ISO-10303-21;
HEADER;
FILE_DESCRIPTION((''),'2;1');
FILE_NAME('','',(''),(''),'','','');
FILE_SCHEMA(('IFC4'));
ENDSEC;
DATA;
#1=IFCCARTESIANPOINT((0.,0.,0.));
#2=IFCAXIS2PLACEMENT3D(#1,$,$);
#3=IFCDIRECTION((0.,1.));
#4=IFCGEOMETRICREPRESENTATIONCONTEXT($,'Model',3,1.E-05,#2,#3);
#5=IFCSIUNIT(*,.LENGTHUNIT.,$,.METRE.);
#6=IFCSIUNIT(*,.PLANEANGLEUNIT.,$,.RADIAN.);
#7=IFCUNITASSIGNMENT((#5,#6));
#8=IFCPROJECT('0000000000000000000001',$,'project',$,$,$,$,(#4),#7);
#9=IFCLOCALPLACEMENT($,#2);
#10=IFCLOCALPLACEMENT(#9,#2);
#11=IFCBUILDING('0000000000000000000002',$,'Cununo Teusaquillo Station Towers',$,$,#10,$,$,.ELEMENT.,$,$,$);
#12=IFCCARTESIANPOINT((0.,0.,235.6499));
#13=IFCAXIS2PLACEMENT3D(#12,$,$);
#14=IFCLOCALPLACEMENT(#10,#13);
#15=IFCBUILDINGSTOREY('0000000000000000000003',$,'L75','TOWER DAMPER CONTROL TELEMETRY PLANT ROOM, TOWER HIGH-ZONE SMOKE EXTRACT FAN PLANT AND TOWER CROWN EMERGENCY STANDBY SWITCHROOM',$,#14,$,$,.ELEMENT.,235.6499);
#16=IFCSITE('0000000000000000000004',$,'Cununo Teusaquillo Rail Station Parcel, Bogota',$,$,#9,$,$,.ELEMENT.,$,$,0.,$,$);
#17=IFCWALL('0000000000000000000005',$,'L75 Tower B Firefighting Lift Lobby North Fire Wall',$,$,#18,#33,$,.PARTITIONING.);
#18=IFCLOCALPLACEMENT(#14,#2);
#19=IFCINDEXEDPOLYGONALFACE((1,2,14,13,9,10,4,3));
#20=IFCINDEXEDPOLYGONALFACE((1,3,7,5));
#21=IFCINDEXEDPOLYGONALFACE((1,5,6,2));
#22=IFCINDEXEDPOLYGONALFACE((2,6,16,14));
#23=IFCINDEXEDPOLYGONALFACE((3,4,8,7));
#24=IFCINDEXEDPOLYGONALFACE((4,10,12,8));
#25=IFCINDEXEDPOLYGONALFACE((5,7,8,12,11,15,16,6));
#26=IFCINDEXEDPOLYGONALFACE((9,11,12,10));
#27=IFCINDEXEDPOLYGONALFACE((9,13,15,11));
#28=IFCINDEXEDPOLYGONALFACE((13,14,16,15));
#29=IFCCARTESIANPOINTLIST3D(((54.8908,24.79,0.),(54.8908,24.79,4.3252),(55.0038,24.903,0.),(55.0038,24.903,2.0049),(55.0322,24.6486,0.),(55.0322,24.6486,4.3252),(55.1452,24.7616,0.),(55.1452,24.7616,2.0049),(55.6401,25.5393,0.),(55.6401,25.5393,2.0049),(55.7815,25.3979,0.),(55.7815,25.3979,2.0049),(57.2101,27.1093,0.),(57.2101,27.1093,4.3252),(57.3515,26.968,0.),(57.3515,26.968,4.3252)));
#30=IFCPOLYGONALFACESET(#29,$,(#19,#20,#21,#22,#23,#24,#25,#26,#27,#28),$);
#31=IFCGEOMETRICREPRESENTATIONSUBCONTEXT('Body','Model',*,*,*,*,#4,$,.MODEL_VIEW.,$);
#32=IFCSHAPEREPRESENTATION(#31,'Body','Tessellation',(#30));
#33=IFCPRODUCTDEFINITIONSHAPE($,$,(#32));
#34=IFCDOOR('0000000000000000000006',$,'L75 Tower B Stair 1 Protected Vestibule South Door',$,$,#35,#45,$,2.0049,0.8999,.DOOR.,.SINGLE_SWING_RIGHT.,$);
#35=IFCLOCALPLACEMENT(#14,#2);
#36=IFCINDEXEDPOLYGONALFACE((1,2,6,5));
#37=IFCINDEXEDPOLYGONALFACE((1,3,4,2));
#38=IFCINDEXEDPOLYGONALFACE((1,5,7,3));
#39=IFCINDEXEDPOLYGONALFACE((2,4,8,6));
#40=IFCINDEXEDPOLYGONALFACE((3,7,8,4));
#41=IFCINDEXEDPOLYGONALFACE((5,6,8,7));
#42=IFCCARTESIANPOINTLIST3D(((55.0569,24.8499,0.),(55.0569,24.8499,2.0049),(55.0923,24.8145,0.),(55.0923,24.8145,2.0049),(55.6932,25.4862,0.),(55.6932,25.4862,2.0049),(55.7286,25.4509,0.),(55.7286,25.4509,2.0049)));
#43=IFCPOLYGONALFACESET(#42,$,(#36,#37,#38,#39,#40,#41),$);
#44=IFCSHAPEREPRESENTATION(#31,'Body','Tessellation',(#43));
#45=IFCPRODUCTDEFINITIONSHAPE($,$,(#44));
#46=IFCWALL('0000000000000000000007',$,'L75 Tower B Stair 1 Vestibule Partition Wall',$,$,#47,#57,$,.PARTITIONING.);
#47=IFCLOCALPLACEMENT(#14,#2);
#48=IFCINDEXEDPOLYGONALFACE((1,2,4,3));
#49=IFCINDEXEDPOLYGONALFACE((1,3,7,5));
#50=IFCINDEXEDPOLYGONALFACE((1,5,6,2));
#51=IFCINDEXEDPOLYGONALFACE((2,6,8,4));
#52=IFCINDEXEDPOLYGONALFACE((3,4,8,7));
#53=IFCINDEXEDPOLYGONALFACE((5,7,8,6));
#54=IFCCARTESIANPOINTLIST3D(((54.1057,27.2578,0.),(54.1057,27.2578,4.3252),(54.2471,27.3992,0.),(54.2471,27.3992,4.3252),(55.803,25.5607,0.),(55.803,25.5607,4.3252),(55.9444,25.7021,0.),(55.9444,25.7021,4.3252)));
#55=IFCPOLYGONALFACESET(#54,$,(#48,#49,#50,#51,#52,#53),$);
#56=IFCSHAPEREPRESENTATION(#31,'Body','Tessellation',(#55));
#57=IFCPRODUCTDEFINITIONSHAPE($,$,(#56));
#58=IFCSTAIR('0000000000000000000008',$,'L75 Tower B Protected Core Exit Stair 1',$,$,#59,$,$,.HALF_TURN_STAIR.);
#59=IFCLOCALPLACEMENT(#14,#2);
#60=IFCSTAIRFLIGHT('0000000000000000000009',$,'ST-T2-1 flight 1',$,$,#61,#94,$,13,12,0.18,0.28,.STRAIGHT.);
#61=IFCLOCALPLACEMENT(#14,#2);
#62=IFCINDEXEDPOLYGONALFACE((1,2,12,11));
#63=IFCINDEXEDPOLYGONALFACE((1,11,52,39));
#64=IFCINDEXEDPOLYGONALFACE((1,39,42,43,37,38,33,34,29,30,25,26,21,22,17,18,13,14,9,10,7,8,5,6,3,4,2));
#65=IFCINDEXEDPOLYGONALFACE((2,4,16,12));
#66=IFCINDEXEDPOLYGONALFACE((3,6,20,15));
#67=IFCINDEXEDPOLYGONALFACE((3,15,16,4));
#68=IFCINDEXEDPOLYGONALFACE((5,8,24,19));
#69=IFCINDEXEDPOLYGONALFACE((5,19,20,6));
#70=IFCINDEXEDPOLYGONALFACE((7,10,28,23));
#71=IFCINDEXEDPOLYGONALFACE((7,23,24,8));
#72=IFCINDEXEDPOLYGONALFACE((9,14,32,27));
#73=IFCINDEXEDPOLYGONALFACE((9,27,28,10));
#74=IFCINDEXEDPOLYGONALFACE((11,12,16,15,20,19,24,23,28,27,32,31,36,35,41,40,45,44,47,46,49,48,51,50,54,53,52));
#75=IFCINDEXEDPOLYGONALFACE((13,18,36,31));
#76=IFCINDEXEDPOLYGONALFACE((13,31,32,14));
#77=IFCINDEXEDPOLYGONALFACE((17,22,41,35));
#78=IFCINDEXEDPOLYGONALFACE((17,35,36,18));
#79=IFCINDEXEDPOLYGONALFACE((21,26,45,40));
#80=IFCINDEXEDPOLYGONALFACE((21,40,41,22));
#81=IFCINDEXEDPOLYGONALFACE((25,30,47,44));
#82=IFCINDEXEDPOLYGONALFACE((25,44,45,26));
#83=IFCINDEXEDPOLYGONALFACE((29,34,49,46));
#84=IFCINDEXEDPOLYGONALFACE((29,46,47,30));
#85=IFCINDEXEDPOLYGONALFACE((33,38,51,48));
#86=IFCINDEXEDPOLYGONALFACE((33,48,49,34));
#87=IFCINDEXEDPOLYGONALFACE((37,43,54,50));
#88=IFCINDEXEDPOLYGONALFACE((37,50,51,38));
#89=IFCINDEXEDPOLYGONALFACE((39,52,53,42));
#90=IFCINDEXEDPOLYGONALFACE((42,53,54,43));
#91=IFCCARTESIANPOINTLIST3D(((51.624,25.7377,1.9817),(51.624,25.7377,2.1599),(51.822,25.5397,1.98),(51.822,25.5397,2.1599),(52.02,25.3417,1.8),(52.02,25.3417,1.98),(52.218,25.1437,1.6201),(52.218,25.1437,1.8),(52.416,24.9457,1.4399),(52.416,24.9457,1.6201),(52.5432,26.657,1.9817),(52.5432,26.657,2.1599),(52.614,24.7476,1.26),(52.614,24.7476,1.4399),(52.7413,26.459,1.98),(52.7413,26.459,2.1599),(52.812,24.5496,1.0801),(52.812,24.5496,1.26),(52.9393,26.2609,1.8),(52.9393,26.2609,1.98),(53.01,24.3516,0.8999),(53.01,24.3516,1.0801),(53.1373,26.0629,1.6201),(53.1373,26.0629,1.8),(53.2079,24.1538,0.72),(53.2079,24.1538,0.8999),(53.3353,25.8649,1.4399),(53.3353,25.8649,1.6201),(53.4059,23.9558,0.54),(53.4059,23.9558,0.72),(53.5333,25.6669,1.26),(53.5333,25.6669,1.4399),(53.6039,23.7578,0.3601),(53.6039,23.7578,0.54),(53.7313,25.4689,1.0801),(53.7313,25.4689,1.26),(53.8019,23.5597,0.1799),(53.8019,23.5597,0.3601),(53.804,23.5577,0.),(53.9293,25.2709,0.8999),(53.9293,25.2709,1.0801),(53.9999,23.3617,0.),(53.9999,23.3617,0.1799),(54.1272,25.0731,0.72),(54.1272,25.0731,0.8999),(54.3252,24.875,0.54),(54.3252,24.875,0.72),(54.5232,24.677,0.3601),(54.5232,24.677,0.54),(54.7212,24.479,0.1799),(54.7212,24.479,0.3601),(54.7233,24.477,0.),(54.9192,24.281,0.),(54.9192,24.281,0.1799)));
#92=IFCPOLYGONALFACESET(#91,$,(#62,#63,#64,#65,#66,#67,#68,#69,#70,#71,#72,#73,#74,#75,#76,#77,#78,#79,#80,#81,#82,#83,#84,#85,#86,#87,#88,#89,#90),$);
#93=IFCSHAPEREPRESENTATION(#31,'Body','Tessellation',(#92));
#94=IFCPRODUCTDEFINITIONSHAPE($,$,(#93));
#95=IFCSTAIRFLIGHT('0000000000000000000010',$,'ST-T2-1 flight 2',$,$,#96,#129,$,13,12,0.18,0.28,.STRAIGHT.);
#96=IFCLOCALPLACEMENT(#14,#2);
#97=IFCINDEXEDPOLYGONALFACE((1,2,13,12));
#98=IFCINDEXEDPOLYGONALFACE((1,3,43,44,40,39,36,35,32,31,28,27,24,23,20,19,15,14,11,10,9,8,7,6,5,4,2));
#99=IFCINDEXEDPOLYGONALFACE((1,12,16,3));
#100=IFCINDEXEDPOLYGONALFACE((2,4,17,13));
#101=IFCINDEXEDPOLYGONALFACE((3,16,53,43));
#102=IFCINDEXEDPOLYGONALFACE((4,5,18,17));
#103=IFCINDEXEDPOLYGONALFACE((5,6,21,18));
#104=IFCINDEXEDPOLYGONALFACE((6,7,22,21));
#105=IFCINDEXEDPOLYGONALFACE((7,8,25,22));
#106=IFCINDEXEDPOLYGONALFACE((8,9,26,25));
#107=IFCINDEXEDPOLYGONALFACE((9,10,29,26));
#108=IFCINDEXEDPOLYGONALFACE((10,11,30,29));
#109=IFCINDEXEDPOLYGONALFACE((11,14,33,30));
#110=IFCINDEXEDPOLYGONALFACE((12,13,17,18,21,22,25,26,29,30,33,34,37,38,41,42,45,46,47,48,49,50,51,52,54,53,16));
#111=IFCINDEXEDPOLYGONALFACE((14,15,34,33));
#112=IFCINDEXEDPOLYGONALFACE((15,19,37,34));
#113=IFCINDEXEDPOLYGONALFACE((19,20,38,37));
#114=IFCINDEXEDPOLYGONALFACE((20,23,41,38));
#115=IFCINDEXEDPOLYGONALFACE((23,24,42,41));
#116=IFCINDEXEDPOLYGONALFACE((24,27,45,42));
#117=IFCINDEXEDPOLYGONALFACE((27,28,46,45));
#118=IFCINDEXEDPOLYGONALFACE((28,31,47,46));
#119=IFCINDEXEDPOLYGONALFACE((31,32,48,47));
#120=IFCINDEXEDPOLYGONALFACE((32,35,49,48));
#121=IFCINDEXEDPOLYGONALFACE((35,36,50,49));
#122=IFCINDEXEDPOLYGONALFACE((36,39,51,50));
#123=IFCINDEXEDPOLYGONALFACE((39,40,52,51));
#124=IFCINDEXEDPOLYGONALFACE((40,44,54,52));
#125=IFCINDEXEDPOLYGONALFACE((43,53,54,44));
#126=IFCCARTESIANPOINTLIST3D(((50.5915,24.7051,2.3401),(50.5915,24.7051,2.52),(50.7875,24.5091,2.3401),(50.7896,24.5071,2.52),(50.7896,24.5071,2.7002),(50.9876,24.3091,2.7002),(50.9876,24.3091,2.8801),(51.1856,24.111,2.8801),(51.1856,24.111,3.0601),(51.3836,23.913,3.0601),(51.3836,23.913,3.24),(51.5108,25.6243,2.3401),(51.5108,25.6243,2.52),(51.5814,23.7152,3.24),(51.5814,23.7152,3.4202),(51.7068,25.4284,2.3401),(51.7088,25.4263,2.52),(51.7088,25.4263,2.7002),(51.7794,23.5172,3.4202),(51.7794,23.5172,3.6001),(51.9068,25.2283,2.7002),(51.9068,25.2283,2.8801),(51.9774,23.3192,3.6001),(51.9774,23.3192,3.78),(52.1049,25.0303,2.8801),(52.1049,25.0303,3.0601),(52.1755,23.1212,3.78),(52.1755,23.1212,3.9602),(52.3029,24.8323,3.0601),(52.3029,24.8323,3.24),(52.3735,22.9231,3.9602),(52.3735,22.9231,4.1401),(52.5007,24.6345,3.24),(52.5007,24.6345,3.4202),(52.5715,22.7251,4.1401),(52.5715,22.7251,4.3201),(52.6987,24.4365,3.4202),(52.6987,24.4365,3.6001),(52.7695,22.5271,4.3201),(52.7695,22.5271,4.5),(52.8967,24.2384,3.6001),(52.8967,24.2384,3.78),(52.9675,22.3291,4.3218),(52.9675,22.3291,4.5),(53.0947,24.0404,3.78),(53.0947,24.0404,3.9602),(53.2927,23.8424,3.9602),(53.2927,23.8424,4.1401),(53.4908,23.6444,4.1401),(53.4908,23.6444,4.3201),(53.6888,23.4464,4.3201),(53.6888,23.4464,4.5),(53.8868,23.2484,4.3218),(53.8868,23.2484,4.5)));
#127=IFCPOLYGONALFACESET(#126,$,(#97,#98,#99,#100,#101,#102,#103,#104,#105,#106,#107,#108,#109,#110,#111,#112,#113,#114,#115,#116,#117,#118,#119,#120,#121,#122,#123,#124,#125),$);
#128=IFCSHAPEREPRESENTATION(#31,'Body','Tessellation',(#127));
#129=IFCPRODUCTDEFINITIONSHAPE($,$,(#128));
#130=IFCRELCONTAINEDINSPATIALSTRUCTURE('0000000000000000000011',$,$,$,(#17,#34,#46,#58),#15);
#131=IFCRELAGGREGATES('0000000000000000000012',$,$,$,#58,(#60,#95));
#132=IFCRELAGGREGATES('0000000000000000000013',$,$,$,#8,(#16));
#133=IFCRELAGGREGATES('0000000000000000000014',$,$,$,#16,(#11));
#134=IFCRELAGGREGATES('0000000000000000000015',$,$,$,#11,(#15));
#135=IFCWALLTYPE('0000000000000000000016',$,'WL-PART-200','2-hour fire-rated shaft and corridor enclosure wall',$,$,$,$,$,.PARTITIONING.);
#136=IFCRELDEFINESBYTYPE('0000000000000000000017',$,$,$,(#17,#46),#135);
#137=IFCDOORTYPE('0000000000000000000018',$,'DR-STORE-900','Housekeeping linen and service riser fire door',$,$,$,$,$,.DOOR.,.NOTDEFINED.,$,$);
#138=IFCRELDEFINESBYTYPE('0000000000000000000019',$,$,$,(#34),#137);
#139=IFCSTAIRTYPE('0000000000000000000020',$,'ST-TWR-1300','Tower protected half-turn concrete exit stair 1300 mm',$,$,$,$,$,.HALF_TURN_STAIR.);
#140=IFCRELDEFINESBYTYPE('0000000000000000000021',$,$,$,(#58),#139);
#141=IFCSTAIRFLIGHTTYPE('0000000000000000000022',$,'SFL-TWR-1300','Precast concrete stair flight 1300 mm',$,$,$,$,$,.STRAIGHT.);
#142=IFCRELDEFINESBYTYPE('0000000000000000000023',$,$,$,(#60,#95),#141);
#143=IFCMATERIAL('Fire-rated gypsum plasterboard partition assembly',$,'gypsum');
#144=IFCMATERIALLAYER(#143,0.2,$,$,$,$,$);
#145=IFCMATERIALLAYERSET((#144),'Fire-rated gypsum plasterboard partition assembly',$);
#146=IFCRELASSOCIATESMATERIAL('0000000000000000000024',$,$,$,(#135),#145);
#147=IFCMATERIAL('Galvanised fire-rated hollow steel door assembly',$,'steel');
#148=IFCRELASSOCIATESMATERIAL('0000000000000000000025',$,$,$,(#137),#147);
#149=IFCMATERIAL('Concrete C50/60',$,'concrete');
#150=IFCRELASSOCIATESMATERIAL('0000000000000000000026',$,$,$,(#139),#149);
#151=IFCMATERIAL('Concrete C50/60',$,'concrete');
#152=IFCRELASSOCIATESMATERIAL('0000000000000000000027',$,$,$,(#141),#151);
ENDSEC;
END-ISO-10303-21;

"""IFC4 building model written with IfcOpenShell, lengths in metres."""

from ifc_helpers import new_model, si_unit, direction, frame, frame_2d, origin, place, context, subcontext, project, spatial, polyline, rectangle, outline, extrude, source, transform, mapped, material, layer, layer_set, type_object, element, fill, aggregate, save


model = new_model("IFC4")

# Units and contexts
model_context = context("Model", 3, precision=1e-05, world=origin(), true_north=direction((0.0, 1.0)))
body_context = subcontext(model_context, "Body", "Model", "MODEL_VIEW")
ifc_project = project(units=[si_unit("LENGTHUNIT", "METRE"), si_unit("PLANEANGLEUNIT", "RADIAN")], contexts=[model_context])

# Site, building, storey
site_placement = place(None, origin())
site = spatial("IfcSite", under=ifc_project, at=site_placement, Name="Cununo Teusaquillo Rail Station Parcel, Bogota", CompositionType="ELEMENT", RefElevation=0.0)
building_placement = place(site_placement, origin())
building = spatial("IfcBuilding", under=site, at=building_placement, Name="Cununo Teusaquillo Station Towers", CompositionType="ELEMENT")
storey_placement = place(building_placement, frame((0.0, 0.0, 235.6499)))
storey = spatial("IfcBuildingStorey", under=building, at=storey_placement, Name="L75", Description="TOWER DAMPER CONTROL TELEMETRY PLANT ROOM, TOWER HIGH-ZONE SMOKE EXTRACT FAN PLANT AND TOWER CROWN EMERGENCY STANDBY SWITCHROOM", CompositionType="ELEMENT", Elevation=235.6499)

# Wall, opening, door
ifc_material_1 = material(Name="Fire-rated gypsum plasterboard partition assembly", Category="gypsum")
ifc_layer_1 = layer(ifc_material_1, 0.2)
ifc_layer_set_1 = layer_set([ifc_layer_1], Name="Fire-rated gypsum plasterboard partition assembly")
wall_type_1 = type_object("IfcWallType", Name="WL-PART-200", Description="2-hour fire-rated shaft and corridor enclosure wall", PredefinedType="PARTITIONING", material=ifc_layer_set_1)
wall_1_placement = place(storey_placement, frame((54.9614, 24.7192, 0.0), z_axis=(0.0, 0.0, 1.0), x_axis=(0.707107, 0.707107, 0.0)))
wall_1 = element("IfcWall", 1, at=wall_1_placement, inside=storey, type_object=wall_type_1, Name="L75 Tower B Firefighting Lift Lobby North Fire Wall", PredefinedType="PARTITIONING", context=body_context, shape_type="SweptSolid", body=[
    extrude(rectangle(XDim=3.28, YDim=0.2, at=frame_2d((1.6401, 0.0))), origin(), (0.0, 0.0, 1.0), 4.3252),
])
shared_shape_1 = source(origin(), body_context, "Body", "SweptSolid", [
    extrude(rectangle(XDim=0.8999, YDim=2.0049, at=frame_2d((0.45, 1.0024))), frame((0.0, 0.1099, 0.0), z_axis=(0.0, -1.0, 0.0), x_axis=(1.0, 0.0, 0.0)), (0.0, 0.0, 1.0), 0.22),
])
opening_1_placement = place(wall_1_placement, frame((0.1599, 0.0, 0.0)))
opening_1 = element("IfcOpeningElement", 2, at=opening_1_placement, cuts=wall_1, PredefinedType="OPENING", context=body_context, shape_type="MappedRepresentation", body=[
    mapped(shared_shape_1, transform((0.0, 0.0, 0.0), x_axis=(1.0, 0.0, 0.0), y_axis=(0.0, 1.0, 0.0), z_axis=(0.0, 0.0, 1.0), scale=1.0)),
])
ifc_material_2 = material(Name="Galvanised fire-rated hollow steel door assembly", Category="steel")
door_type_1 = type_object("IfcDoorType", Name="DR-STORE-900", Description="Housekeeping linen and service riser fire door", OperationType="NOTDEFINED", PredefinedType="DOOR", material=ifc_material_2)
shared_shape_2 = source(origin(), body_context, "Body", "SweptSolid", [
    extrude(rectangle(XDim=0.8999, YDim=2.0049, at=frame_2d((0.45, 1.0024))), frame((0.0, 0.0249, 0.0), z_axis=(0.0, -1.0, 0.0), x_axis=(1.0, 0.0, 0.0)), (0.0, 0.0, 1.0), 0.05),
])
door_1_placement = place(opening_1_placement, origin())
door_1 = element("IfcDoor", 3, at=door_1_placement, inside=storey, type_object=door_type_1, Name="L75 Tower B Stair 1 Protected Vestibule South Door", OperationType="SINGLE_SWING_RIGHT", OverallHeight=2.0049, OverallWidth=0.8999, PredefinedType="DOOR", context=body_context, shape_type="MappedRepresentation", body=[
    mapped(shared_shape_2, transform((0.0, 0.0, 0.0), x_axis=(1.0, 0.0, 0.0), y_axis=(0.0, 1.0, 0.0), z_axis=(0.0, 0.0, 1.0), scale=1.0)),
])
fill(opening_1, door_1)

# Wall
wall_2_placement = place(storey_placement, frame((55.8738, 25.6313, 0.0), z_axis=(0.0, 0.0, 1.0), x_axis=(-0.707158, 0.707056, 0.0)))
element("IfcWall", 4, at=wall_2_placement, inside=storey, type_object=wall_type_1, Name="L75 Tower B Stair 1 Vestibule Partition Wall", PredefinedType="PARTITIONING", context=body_context, shape_type="SweptSolid", body=[
    extrude(rectangle(XDim=2.4001, YDim=0.2, at=frame_2d((1.2002, 0.0))), origin(), (0.0, 0.0, 1.0), 4.3252),
])

# Stair, stair flights
ifc_material_3 = material(Name="Concrete C50/60", Category="concrete")
stair_type = type_object("IfcStairType", Name="ST-TWR-1300", Description="Tower protected half-turn concrete exit stair 1300 mm", PredefinedType="HALF_TURN_STAIR", material=ifc_material_3)
stair_placement = place(storey_placement, origin())
stair = element("IfcStair", 5, at=stair_placement, inside=storey, type_object=stair_type, Name="L75 Tower B Protected Core Exit Stair 1", PredefinedType="HALF_TURN_STAIR")
ifc_material_4 = material(Name="Concrete C50/60", Category="concrete")
stair_flight_type = type_object("IfcStairFlightType", Name="SFL-TWR-1300", Description="Precast concrete stair flight 1300 mm", PredefinedType="STRAIGHT", material=ifc_material_4)
stair_flight_1_placement = place(storey_placement, frame((54.4595, 23.8213, 0.0), z_axis=(0.0, 0.0, 1.0), x_axis=(-0.707107, 0.707107, 0.0)))
stair_flight_1 = element("IfcStairFlight", 6, at=stair_flight_1_placement, type_object=stair_flight_type, Name="ST-T2-1 flight 1", NumberOfRisers=13, NumberOfTreads=12, PredefinedType="STRAIGHT", RiserHeight=0.18, TreadLength=0.28, context=body_context, shape_type="SweptSolid", body=[
    extrude(outline(polyline([(0.0, 0.0), (0.0, 0.1799), (0.28, 0.1799), (0.28, 0.3601), (0.5601, 0.3601), (0.5601, 0.54), (0.8401, 0.54), (0.8401, 0.72), (1.1201, 0.72), (1.1201, 0.8999), (1.3999, 0.8999), (1.3999, 1.0801), (1.6799, 1.0801), (1.6799, 1.26), (1.96, 1.26), (1.96, 1.4399), (2.24, 1.4399), (2.24, 1.6201), (2.52, 1.6201), (2.52, 1.8), (2.8, 1.8), (2.8, 1.98), (3.0801, 1.98), (3.0801, 2.1599), (3.3601, 2.1599), (3.3601, 2.3401), (3.3601, 1.9817), (0.2771, 0.0), (0.0, 0.0)])), frame((0.0, 0.6499, 0.0), z_axis=(0.0, -1.0, 0.0), x_axis=(1.0, 0.0, 0.0)), (0.0, 0.0, 1.0), 1.3),
])
stair_flight_2_placement = place(storey_placement, frame((51.0513, 25.1648, 2.3401), z_axis=(0.0, 0.0, 1.0), x_axis=(0.707107, -0.707107, 0.0)))
stair_flight_2 = element("IfcStairFlight", 7, at=stair_flight_2_placement, type_object=stair_flight_type, Name="ST-T2-1 flight 2", NumberOfRisers=13, NumberOfTreads=12, PredefinedType="STRAIGHT", RiserHeight=0.18, TreadLength=0.28, context=body_context, shape_type="SweptSolid", body=[
    extrude(outline(polyline([(0.0, 0.0), (0.0, 0.1799), (0.28, 0.1799), (0.28, 0.3601), (0.5601, 0.3601), (0.5601, 0.54), (0.8401, 0.54), (0.8401, 0.72), (1.1201, 0.72), (1.1201, 0.8999), (1.3999, 0.8999), (1.3999, 1.0801), (1.6799, 1.0801), (1.6799, 1.26), (1.96, 1.26), (1.96, 1.4399), (2.24, 1.4399), (2.24, 1.6201), (2.52, 1.6201), (2.52, 1.8), (2.8, 1.8), (2.8, 1.98), (3.0801, 1.98), (3.0801, 2.1599), (3.3601, 2.1599), (3.3601, 2.3401), (3.3601, 1.9817), (0.2771, 0.0), (0.0, 0.0)])), frame((0.0, 0.6499, 0.0), z_axis=(0.0, -1.0, 0.0), x_axis=(1.0, 0.0, 0.0)), (0.0, 0.0, 1.0), 1.3),
])
aggregate(stair, [stair_flight_1, stair_flight_2])

save(model, "model.ifc")
